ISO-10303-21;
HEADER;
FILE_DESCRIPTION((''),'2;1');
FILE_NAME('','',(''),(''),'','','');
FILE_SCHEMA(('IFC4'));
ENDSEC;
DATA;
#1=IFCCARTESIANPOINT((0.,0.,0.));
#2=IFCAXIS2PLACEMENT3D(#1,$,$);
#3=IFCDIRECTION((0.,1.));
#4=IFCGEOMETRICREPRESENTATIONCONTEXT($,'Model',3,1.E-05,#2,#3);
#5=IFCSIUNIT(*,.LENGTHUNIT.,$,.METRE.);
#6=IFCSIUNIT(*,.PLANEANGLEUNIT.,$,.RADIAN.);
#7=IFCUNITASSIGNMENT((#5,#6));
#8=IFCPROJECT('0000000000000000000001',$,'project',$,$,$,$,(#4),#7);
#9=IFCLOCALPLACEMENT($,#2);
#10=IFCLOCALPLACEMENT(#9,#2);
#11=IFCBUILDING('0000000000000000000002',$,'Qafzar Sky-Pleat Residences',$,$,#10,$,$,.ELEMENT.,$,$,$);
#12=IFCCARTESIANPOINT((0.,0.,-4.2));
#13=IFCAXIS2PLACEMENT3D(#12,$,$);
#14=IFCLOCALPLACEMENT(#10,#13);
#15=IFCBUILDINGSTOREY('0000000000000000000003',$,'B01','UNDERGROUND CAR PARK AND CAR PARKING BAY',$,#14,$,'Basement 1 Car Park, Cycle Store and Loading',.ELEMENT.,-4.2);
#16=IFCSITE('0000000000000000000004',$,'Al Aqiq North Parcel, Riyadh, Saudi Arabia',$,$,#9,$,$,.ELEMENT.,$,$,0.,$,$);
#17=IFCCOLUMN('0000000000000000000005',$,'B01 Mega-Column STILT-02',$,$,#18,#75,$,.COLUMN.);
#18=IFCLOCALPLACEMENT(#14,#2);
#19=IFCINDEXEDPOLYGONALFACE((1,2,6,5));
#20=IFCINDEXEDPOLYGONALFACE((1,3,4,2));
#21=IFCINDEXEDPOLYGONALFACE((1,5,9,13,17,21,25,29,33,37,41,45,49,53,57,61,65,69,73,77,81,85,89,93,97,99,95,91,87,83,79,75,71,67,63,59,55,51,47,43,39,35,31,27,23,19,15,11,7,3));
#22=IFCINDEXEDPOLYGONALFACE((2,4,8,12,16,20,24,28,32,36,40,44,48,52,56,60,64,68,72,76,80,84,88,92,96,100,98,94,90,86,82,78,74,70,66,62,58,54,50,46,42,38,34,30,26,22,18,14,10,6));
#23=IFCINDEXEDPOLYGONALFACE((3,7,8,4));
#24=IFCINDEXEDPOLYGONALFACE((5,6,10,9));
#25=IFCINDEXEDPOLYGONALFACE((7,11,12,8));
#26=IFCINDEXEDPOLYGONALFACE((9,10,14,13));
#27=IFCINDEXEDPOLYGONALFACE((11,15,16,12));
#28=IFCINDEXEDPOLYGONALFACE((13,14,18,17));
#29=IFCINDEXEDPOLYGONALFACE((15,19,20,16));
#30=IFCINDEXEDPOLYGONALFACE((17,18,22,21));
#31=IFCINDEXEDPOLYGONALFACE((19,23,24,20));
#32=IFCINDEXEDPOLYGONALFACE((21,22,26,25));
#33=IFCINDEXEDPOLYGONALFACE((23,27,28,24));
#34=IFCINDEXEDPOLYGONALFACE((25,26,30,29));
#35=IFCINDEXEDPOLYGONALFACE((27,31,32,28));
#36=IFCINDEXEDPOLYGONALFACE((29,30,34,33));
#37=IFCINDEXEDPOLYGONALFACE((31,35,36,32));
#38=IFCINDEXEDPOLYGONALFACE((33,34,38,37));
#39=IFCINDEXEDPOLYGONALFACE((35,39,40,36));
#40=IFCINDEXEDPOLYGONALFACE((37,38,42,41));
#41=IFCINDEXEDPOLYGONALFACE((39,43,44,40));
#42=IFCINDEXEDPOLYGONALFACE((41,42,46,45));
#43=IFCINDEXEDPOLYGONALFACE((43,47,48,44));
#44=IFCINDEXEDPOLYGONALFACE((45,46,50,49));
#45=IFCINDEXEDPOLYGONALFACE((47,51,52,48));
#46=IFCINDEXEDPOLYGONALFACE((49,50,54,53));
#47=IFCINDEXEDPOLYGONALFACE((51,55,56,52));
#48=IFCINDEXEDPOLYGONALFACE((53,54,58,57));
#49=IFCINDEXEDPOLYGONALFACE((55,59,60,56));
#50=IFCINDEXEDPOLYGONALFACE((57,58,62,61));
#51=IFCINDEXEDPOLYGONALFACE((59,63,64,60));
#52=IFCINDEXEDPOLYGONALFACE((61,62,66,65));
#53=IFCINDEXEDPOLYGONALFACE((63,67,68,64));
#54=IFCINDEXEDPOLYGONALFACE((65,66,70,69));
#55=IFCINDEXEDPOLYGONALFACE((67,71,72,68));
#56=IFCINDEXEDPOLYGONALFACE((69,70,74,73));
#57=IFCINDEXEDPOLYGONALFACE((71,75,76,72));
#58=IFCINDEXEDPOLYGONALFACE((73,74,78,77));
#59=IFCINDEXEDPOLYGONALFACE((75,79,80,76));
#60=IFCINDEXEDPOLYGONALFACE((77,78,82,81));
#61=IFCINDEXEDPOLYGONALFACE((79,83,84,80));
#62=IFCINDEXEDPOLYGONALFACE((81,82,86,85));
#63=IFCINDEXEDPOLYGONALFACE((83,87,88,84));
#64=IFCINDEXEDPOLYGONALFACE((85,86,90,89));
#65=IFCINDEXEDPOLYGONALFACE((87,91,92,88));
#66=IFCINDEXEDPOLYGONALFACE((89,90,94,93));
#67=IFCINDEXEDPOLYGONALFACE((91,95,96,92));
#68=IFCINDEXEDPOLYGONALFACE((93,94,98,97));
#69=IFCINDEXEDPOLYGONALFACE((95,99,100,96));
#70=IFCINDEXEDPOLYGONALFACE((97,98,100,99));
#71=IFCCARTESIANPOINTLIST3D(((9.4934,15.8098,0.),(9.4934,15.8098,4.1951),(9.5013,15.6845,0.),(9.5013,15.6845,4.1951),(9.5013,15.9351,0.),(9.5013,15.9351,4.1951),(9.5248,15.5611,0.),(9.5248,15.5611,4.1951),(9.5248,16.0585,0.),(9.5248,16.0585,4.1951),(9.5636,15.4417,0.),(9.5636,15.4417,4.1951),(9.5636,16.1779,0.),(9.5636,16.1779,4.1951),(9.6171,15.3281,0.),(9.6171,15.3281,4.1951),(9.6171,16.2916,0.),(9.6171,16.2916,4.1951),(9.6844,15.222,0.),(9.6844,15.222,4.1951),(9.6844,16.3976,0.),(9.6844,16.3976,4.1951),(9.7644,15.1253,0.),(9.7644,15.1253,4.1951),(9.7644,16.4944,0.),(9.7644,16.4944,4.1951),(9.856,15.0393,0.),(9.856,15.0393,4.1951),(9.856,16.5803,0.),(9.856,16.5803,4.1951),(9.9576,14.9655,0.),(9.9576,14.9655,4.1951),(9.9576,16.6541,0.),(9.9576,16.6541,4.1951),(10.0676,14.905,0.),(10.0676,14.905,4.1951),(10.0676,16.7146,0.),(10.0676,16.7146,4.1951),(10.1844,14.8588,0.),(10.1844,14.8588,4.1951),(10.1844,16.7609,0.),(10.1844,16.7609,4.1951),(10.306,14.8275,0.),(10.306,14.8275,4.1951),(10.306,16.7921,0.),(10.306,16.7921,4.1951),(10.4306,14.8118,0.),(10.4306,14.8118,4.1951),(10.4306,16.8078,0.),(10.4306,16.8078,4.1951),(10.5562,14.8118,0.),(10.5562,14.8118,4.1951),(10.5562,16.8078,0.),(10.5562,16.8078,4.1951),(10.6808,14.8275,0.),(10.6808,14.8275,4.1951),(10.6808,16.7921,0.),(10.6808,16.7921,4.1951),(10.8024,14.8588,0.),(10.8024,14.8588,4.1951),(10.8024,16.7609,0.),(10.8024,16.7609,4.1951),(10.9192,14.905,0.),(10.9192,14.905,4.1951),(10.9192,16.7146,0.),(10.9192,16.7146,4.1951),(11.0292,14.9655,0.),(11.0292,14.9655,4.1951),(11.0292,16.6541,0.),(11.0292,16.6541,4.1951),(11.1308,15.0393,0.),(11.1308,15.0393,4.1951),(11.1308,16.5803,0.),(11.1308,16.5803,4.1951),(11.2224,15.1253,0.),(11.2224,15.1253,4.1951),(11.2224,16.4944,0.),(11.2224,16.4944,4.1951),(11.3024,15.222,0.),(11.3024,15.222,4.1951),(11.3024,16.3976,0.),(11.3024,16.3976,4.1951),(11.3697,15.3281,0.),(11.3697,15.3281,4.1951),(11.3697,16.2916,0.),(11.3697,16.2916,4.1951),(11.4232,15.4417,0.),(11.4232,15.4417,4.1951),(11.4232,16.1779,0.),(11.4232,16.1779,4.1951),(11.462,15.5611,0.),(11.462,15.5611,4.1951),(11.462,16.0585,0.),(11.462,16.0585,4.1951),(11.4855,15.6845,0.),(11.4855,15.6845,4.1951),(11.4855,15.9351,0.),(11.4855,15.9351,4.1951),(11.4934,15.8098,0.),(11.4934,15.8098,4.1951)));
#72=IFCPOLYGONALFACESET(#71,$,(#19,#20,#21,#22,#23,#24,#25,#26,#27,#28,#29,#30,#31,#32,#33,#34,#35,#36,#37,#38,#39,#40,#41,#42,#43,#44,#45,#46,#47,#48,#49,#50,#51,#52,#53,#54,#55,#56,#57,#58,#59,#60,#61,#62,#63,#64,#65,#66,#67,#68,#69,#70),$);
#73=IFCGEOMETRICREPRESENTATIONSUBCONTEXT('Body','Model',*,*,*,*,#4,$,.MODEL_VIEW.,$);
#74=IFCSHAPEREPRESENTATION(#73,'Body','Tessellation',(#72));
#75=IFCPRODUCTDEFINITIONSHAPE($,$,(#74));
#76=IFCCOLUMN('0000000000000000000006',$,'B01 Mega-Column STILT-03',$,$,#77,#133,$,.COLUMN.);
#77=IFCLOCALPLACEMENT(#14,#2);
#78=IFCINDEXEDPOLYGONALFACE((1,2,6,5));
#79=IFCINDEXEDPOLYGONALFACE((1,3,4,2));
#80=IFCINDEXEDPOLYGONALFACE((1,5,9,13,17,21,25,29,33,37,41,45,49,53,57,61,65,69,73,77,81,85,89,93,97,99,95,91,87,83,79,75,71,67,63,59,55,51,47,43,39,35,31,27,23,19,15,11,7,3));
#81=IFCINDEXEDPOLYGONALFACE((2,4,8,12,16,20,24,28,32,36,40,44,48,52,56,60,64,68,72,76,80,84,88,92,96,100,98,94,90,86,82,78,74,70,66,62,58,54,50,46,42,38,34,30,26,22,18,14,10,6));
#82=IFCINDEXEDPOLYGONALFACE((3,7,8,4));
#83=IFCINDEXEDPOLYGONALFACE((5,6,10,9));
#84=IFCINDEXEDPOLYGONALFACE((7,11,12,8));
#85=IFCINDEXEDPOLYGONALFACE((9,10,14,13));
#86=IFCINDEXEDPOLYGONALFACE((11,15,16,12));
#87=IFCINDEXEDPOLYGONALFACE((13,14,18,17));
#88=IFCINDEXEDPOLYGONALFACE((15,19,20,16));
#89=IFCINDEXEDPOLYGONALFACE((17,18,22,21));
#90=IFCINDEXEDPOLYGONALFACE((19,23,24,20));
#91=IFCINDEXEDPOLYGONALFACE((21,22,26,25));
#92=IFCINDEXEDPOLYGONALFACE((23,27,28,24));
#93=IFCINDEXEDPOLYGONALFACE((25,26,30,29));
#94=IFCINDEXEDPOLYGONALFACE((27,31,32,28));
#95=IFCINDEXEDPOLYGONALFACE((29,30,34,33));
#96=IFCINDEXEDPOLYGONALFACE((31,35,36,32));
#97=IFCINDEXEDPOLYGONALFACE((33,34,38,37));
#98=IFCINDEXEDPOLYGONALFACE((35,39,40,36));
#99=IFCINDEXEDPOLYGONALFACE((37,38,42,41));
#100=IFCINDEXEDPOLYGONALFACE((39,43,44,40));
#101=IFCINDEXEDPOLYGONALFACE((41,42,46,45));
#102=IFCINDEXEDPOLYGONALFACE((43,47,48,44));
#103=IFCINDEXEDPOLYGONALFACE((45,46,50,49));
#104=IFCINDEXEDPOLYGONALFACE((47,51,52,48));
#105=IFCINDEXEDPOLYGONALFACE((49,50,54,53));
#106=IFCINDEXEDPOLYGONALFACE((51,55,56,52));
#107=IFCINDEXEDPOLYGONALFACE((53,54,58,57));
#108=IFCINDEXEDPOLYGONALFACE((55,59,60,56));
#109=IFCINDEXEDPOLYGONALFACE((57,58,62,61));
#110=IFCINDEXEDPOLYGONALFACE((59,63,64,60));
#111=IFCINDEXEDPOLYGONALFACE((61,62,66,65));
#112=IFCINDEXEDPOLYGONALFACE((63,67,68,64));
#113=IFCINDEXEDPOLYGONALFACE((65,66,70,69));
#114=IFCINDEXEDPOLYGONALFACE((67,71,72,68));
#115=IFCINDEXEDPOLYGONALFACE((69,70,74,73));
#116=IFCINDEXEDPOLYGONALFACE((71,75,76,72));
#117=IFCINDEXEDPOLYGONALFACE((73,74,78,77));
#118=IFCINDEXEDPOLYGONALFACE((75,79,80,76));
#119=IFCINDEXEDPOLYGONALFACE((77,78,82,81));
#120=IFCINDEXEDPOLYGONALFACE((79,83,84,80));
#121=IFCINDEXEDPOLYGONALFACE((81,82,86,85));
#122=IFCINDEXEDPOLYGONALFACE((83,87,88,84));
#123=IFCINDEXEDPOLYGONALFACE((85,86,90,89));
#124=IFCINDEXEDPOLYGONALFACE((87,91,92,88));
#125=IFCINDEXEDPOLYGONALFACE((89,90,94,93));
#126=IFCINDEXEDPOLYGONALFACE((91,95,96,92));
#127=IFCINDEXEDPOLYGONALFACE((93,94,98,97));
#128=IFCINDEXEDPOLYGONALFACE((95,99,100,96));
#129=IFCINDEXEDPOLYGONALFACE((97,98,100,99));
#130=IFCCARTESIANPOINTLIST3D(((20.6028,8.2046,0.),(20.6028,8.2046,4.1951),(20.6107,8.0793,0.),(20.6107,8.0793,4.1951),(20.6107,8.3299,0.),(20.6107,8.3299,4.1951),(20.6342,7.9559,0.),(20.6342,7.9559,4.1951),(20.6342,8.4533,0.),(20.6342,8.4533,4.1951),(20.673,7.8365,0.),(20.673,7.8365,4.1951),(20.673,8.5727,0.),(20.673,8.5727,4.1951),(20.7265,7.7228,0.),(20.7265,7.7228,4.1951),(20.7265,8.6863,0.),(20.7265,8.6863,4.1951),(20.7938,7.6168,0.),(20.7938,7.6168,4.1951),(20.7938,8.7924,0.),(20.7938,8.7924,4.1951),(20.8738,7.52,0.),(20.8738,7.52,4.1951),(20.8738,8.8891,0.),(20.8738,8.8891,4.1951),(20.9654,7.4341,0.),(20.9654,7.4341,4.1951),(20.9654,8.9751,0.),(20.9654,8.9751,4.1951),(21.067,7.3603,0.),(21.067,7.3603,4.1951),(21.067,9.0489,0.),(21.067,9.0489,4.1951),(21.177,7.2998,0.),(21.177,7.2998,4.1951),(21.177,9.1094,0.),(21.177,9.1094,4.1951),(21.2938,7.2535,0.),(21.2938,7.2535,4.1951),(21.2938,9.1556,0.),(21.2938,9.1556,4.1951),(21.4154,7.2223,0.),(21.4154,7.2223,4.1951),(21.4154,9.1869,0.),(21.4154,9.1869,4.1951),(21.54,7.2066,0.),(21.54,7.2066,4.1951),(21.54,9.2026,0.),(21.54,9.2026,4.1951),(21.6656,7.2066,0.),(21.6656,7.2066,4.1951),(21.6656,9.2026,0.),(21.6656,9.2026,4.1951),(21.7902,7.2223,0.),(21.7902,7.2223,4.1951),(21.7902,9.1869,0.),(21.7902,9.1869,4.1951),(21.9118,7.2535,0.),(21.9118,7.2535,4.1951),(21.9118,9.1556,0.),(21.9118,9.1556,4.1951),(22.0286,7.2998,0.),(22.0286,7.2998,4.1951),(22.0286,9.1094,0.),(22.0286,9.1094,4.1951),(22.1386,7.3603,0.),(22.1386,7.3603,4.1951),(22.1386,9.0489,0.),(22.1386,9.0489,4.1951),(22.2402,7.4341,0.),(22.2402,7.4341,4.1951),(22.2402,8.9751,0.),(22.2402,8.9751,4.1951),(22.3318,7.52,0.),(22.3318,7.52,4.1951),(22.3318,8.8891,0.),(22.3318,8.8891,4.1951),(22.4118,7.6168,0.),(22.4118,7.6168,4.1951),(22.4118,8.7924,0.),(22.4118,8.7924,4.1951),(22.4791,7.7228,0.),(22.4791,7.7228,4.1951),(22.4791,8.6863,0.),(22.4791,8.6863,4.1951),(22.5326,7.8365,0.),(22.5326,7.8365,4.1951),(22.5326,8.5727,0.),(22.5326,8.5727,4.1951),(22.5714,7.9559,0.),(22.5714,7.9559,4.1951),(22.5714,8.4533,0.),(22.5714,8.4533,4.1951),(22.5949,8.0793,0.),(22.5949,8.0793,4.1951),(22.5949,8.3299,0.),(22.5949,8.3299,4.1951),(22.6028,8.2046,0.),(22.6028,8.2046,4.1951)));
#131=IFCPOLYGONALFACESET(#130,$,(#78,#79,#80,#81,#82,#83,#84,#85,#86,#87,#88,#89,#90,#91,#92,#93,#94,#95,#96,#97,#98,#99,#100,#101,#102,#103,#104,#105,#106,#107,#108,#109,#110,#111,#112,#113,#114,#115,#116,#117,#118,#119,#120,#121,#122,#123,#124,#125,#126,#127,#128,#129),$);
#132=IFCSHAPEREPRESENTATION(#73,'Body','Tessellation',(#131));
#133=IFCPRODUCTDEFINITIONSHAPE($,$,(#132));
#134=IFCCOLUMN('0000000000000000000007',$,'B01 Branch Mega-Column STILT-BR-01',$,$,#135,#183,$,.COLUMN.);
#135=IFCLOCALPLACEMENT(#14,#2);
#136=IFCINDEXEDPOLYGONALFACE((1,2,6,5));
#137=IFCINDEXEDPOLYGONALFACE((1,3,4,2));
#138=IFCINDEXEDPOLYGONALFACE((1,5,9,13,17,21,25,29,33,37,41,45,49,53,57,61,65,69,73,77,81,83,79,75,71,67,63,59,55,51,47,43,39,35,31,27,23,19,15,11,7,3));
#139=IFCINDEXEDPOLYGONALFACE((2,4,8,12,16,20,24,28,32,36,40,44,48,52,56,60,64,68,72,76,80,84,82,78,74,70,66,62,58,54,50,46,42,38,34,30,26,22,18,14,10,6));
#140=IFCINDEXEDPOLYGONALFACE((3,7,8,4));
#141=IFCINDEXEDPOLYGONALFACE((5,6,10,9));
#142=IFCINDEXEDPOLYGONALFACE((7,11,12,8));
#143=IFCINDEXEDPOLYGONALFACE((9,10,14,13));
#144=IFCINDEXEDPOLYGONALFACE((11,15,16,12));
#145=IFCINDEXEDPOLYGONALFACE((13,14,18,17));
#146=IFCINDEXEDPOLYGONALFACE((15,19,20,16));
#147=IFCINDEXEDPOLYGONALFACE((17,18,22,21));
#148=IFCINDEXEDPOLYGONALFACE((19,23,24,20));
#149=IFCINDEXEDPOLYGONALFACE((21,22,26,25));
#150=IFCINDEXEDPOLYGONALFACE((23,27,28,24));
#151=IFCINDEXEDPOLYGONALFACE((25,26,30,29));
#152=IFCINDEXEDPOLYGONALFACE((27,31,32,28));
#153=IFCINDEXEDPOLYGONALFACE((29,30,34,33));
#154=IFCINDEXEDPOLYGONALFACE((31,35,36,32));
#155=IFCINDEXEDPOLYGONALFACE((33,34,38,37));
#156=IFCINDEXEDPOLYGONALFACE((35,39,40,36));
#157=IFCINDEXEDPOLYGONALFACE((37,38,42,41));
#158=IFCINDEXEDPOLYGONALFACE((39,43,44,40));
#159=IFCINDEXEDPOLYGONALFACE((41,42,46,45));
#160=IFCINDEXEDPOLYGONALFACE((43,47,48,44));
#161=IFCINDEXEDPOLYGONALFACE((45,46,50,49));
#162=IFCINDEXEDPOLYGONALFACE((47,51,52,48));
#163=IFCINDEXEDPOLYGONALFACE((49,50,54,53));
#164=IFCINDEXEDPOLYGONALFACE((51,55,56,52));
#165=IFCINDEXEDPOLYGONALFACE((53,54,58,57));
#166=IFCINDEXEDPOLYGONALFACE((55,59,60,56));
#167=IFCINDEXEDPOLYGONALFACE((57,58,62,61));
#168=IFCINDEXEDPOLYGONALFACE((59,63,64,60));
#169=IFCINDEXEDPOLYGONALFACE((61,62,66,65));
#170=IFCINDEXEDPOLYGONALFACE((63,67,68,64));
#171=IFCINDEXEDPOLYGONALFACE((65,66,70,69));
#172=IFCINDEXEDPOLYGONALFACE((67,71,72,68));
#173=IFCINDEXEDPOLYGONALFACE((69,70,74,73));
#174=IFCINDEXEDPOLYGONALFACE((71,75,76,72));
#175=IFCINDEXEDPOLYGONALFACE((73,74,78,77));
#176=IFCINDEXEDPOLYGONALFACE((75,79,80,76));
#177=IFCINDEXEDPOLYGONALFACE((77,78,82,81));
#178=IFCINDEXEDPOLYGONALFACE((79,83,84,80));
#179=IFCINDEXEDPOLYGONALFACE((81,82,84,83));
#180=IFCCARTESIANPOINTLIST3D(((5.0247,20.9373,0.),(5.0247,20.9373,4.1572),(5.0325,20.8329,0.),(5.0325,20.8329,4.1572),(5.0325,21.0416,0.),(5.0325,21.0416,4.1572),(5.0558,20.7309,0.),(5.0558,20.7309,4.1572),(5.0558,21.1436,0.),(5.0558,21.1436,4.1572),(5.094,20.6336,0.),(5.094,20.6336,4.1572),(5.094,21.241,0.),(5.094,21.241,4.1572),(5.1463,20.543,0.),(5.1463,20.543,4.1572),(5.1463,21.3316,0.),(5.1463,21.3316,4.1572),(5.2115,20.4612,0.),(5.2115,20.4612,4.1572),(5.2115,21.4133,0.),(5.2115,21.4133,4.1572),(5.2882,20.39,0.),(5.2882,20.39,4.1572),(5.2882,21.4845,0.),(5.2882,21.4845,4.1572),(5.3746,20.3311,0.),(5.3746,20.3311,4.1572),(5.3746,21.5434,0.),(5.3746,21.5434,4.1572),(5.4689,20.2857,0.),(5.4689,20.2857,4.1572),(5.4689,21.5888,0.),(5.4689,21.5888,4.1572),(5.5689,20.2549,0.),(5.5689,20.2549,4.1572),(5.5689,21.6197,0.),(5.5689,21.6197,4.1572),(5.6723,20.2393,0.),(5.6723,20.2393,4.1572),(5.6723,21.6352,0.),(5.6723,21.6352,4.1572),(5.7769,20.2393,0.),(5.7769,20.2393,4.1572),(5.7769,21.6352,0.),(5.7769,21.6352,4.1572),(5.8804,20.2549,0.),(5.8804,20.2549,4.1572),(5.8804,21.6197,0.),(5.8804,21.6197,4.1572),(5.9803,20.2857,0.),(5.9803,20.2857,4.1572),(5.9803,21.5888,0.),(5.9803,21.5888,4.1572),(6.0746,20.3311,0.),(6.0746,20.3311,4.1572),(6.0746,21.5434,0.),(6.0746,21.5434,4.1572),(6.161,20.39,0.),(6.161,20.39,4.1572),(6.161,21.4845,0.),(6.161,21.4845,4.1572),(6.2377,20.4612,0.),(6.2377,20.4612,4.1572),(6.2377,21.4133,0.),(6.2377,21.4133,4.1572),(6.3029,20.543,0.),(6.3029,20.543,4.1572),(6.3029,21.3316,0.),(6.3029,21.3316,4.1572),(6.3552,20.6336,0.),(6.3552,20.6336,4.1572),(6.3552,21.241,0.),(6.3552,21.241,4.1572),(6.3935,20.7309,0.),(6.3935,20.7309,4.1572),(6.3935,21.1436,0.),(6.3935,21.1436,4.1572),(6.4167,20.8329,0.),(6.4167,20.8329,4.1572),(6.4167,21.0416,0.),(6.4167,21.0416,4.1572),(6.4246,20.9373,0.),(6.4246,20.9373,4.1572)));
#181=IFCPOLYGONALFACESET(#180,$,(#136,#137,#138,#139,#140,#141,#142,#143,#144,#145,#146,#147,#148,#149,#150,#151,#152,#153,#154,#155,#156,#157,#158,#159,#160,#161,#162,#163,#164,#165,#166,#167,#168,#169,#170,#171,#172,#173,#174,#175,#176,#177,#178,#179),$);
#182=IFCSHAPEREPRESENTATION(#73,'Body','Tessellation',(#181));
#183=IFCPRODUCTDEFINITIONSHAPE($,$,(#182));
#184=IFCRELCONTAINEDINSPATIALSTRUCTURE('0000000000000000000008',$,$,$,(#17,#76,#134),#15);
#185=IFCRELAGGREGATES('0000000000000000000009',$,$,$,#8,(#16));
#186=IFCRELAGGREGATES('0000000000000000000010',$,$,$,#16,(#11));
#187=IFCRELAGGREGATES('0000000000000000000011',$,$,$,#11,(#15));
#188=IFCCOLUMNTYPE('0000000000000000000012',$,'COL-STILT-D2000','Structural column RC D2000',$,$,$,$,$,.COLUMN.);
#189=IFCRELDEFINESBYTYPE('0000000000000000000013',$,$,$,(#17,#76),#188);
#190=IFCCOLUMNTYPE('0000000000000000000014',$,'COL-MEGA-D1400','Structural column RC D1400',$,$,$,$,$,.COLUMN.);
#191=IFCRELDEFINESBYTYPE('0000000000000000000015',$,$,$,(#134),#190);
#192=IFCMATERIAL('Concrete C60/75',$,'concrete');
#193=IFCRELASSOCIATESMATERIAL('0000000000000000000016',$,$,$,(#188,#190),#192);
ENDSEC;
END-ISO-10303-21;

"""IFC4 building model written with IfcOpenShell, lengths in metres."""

from ifc_helpers import new_model, si_unit, direction, frame, origin, origin_2d, place, context, subcontext, project, spatial, circle, extrude, source, transform, mapped, material, material_profile, profile_set, type_object, element, save


model = new_model("IFC4")

# Units and contexts
model_context = context("Model", 3, precision=1e-05, world=origin(), true_north=direction((0.0, 1.0)))
body_context = subcontext(model_context, "Body", "Model", "MODEL_VIEW")
ifc_project = project(units=[si_unit("LENGTHUNIT", "METRE"), si_unit("PLANEANGLEUNIT", "RADIAN")], contexts=[model_context])

# Site, building, storey
site_placement = place(None, origin())
site = spatial("IfcSite", under=ifc_project, at=site_placement, Name="Al Aqiq North Parcel, Riyadh, Saudi Arabia", CompositionType="ELEMENT", RefElevation=0.0)
building_placement = place(site_placement, origin())
building = spatial("IfcBuilding", under=site, at=building_placement, Name="Qafzar Sky-Pleat Residences", CompositionType="ELEMENT")
storey_placement = place(building_placement, frame((0.0, 0.0, -4.2)))
storey = spatial("IfcBuildingStorey", under=building, at=storey_placement, Name="B01", Description="UNDERGROUND CAR PARK AND CAR PARKING BAY", LongName="Basement 1 Car Park, Cycle Store and Loading", CompositionType="ELEMENT", Elevation=-4.2)

# Columns
ifc_material_1 = material(Name="Concrete C60/75", Category="concrete")
ifc_material_profile_1 = material_profile(ifc_material_1, circle(Radius=1.0, at=origin_2d()), Name="RC D2000")
ifc_profile_set_1 = profile_set([ifc_material_profile_1], Name="Concrete C60/75")
column_type_1 = type_object("IfcColumnType", Name="COL-STILT-D2000", Description="Structural column RC D2000", PredefinedType="COLUMN", material=ifc_profile_set_1)
shared_shape_1 = source(origin(), body_context, "Body", "SweptSolid", [
    extrude(circle(Radius=1.0, at=origin_2d()), origin(), (0.0, 0.0, 1.0), 4.1951),
])
for number, where, z_axis, x_axis, name in (
    (1, (10.4934, 15.8098, 0.0), (0.0, 0.0, 1.0), (1.0, 0.0, 0.0), "B01 Mega-Column STILT-02"),
    (2, (21.6028, 8.2046, 0.0), (0.0, 0.0, 1.0), (1.0, 0.0, 0.0), "B01 Mega-Column STILT-03"),
):
    element("IfcColumn", number, at=place(storey_placement, frame(where, z_axis=z_axis, x_axis=x_axis)), inside=storey, type_object=column_type_1, Name=name, PredefinedType="COLUMN", context=body_context, shape_type="MappedRepresentation", body=[
        mapped(shared_shape_1, transform((0.0, 0.0, 0.0), x_axis=(1.0, 0.0, 0.0), y_axis=(0.0, 1.0, 0.0), z_axis=(0.0, 0.0, 1.0), scale=1.0)),
    ])
ifc_material_profile_2 = material_profile(ifc_material_1, circle(Radius=0.7, at=origin_2d()), Name="RC D1400")
ifc_profile_set_2 = profile_set([ifc_material_profile_2], Name="Concrete C60/75")
column_type_2 = type_object("IfcColumnType", Name="COL-MEGA-D1400", Description="Structural column RC D1400", PredefinedType="COLUMN", material=ifc_profile_set_2)
shared_shape_2 = source(origin(), body_context, "Body", "SweptSolid", [
    extrude(circle(Radius=0.7, at=origin_2d()), origin(), (0.0, 0.0, 1.0), 4.1572),
])
for number, where, z_axis, x_axis, name in (
    (3, (5.7246, 20.9373, 0.0), (0.0, 0.0, 1.0), (1.0, 0.0, 0.0), "B01 Branch Mega-Column STILT-BR-01"),
):
    element("IfcColumn", number, at=place(storey_placement, frame(where, z_axis=z_axis, x_axis=x_axis)), inside=storey, type_object=column_type_2, Name=name, PredefinedType="COLUMN", context=body_context, shape_type="MappedRepresentation", body=[
        mapped(shared_shape_2, transform((0.0, 0.0, 0.0), x_axis=(1.0, 0.0, 0.0), y_axis=(0.0, 1.0, 0.0), z_axis=(0.0, 0.0, 1.0), scale=1.0)),
    ])

save(model, "model.ifc")
